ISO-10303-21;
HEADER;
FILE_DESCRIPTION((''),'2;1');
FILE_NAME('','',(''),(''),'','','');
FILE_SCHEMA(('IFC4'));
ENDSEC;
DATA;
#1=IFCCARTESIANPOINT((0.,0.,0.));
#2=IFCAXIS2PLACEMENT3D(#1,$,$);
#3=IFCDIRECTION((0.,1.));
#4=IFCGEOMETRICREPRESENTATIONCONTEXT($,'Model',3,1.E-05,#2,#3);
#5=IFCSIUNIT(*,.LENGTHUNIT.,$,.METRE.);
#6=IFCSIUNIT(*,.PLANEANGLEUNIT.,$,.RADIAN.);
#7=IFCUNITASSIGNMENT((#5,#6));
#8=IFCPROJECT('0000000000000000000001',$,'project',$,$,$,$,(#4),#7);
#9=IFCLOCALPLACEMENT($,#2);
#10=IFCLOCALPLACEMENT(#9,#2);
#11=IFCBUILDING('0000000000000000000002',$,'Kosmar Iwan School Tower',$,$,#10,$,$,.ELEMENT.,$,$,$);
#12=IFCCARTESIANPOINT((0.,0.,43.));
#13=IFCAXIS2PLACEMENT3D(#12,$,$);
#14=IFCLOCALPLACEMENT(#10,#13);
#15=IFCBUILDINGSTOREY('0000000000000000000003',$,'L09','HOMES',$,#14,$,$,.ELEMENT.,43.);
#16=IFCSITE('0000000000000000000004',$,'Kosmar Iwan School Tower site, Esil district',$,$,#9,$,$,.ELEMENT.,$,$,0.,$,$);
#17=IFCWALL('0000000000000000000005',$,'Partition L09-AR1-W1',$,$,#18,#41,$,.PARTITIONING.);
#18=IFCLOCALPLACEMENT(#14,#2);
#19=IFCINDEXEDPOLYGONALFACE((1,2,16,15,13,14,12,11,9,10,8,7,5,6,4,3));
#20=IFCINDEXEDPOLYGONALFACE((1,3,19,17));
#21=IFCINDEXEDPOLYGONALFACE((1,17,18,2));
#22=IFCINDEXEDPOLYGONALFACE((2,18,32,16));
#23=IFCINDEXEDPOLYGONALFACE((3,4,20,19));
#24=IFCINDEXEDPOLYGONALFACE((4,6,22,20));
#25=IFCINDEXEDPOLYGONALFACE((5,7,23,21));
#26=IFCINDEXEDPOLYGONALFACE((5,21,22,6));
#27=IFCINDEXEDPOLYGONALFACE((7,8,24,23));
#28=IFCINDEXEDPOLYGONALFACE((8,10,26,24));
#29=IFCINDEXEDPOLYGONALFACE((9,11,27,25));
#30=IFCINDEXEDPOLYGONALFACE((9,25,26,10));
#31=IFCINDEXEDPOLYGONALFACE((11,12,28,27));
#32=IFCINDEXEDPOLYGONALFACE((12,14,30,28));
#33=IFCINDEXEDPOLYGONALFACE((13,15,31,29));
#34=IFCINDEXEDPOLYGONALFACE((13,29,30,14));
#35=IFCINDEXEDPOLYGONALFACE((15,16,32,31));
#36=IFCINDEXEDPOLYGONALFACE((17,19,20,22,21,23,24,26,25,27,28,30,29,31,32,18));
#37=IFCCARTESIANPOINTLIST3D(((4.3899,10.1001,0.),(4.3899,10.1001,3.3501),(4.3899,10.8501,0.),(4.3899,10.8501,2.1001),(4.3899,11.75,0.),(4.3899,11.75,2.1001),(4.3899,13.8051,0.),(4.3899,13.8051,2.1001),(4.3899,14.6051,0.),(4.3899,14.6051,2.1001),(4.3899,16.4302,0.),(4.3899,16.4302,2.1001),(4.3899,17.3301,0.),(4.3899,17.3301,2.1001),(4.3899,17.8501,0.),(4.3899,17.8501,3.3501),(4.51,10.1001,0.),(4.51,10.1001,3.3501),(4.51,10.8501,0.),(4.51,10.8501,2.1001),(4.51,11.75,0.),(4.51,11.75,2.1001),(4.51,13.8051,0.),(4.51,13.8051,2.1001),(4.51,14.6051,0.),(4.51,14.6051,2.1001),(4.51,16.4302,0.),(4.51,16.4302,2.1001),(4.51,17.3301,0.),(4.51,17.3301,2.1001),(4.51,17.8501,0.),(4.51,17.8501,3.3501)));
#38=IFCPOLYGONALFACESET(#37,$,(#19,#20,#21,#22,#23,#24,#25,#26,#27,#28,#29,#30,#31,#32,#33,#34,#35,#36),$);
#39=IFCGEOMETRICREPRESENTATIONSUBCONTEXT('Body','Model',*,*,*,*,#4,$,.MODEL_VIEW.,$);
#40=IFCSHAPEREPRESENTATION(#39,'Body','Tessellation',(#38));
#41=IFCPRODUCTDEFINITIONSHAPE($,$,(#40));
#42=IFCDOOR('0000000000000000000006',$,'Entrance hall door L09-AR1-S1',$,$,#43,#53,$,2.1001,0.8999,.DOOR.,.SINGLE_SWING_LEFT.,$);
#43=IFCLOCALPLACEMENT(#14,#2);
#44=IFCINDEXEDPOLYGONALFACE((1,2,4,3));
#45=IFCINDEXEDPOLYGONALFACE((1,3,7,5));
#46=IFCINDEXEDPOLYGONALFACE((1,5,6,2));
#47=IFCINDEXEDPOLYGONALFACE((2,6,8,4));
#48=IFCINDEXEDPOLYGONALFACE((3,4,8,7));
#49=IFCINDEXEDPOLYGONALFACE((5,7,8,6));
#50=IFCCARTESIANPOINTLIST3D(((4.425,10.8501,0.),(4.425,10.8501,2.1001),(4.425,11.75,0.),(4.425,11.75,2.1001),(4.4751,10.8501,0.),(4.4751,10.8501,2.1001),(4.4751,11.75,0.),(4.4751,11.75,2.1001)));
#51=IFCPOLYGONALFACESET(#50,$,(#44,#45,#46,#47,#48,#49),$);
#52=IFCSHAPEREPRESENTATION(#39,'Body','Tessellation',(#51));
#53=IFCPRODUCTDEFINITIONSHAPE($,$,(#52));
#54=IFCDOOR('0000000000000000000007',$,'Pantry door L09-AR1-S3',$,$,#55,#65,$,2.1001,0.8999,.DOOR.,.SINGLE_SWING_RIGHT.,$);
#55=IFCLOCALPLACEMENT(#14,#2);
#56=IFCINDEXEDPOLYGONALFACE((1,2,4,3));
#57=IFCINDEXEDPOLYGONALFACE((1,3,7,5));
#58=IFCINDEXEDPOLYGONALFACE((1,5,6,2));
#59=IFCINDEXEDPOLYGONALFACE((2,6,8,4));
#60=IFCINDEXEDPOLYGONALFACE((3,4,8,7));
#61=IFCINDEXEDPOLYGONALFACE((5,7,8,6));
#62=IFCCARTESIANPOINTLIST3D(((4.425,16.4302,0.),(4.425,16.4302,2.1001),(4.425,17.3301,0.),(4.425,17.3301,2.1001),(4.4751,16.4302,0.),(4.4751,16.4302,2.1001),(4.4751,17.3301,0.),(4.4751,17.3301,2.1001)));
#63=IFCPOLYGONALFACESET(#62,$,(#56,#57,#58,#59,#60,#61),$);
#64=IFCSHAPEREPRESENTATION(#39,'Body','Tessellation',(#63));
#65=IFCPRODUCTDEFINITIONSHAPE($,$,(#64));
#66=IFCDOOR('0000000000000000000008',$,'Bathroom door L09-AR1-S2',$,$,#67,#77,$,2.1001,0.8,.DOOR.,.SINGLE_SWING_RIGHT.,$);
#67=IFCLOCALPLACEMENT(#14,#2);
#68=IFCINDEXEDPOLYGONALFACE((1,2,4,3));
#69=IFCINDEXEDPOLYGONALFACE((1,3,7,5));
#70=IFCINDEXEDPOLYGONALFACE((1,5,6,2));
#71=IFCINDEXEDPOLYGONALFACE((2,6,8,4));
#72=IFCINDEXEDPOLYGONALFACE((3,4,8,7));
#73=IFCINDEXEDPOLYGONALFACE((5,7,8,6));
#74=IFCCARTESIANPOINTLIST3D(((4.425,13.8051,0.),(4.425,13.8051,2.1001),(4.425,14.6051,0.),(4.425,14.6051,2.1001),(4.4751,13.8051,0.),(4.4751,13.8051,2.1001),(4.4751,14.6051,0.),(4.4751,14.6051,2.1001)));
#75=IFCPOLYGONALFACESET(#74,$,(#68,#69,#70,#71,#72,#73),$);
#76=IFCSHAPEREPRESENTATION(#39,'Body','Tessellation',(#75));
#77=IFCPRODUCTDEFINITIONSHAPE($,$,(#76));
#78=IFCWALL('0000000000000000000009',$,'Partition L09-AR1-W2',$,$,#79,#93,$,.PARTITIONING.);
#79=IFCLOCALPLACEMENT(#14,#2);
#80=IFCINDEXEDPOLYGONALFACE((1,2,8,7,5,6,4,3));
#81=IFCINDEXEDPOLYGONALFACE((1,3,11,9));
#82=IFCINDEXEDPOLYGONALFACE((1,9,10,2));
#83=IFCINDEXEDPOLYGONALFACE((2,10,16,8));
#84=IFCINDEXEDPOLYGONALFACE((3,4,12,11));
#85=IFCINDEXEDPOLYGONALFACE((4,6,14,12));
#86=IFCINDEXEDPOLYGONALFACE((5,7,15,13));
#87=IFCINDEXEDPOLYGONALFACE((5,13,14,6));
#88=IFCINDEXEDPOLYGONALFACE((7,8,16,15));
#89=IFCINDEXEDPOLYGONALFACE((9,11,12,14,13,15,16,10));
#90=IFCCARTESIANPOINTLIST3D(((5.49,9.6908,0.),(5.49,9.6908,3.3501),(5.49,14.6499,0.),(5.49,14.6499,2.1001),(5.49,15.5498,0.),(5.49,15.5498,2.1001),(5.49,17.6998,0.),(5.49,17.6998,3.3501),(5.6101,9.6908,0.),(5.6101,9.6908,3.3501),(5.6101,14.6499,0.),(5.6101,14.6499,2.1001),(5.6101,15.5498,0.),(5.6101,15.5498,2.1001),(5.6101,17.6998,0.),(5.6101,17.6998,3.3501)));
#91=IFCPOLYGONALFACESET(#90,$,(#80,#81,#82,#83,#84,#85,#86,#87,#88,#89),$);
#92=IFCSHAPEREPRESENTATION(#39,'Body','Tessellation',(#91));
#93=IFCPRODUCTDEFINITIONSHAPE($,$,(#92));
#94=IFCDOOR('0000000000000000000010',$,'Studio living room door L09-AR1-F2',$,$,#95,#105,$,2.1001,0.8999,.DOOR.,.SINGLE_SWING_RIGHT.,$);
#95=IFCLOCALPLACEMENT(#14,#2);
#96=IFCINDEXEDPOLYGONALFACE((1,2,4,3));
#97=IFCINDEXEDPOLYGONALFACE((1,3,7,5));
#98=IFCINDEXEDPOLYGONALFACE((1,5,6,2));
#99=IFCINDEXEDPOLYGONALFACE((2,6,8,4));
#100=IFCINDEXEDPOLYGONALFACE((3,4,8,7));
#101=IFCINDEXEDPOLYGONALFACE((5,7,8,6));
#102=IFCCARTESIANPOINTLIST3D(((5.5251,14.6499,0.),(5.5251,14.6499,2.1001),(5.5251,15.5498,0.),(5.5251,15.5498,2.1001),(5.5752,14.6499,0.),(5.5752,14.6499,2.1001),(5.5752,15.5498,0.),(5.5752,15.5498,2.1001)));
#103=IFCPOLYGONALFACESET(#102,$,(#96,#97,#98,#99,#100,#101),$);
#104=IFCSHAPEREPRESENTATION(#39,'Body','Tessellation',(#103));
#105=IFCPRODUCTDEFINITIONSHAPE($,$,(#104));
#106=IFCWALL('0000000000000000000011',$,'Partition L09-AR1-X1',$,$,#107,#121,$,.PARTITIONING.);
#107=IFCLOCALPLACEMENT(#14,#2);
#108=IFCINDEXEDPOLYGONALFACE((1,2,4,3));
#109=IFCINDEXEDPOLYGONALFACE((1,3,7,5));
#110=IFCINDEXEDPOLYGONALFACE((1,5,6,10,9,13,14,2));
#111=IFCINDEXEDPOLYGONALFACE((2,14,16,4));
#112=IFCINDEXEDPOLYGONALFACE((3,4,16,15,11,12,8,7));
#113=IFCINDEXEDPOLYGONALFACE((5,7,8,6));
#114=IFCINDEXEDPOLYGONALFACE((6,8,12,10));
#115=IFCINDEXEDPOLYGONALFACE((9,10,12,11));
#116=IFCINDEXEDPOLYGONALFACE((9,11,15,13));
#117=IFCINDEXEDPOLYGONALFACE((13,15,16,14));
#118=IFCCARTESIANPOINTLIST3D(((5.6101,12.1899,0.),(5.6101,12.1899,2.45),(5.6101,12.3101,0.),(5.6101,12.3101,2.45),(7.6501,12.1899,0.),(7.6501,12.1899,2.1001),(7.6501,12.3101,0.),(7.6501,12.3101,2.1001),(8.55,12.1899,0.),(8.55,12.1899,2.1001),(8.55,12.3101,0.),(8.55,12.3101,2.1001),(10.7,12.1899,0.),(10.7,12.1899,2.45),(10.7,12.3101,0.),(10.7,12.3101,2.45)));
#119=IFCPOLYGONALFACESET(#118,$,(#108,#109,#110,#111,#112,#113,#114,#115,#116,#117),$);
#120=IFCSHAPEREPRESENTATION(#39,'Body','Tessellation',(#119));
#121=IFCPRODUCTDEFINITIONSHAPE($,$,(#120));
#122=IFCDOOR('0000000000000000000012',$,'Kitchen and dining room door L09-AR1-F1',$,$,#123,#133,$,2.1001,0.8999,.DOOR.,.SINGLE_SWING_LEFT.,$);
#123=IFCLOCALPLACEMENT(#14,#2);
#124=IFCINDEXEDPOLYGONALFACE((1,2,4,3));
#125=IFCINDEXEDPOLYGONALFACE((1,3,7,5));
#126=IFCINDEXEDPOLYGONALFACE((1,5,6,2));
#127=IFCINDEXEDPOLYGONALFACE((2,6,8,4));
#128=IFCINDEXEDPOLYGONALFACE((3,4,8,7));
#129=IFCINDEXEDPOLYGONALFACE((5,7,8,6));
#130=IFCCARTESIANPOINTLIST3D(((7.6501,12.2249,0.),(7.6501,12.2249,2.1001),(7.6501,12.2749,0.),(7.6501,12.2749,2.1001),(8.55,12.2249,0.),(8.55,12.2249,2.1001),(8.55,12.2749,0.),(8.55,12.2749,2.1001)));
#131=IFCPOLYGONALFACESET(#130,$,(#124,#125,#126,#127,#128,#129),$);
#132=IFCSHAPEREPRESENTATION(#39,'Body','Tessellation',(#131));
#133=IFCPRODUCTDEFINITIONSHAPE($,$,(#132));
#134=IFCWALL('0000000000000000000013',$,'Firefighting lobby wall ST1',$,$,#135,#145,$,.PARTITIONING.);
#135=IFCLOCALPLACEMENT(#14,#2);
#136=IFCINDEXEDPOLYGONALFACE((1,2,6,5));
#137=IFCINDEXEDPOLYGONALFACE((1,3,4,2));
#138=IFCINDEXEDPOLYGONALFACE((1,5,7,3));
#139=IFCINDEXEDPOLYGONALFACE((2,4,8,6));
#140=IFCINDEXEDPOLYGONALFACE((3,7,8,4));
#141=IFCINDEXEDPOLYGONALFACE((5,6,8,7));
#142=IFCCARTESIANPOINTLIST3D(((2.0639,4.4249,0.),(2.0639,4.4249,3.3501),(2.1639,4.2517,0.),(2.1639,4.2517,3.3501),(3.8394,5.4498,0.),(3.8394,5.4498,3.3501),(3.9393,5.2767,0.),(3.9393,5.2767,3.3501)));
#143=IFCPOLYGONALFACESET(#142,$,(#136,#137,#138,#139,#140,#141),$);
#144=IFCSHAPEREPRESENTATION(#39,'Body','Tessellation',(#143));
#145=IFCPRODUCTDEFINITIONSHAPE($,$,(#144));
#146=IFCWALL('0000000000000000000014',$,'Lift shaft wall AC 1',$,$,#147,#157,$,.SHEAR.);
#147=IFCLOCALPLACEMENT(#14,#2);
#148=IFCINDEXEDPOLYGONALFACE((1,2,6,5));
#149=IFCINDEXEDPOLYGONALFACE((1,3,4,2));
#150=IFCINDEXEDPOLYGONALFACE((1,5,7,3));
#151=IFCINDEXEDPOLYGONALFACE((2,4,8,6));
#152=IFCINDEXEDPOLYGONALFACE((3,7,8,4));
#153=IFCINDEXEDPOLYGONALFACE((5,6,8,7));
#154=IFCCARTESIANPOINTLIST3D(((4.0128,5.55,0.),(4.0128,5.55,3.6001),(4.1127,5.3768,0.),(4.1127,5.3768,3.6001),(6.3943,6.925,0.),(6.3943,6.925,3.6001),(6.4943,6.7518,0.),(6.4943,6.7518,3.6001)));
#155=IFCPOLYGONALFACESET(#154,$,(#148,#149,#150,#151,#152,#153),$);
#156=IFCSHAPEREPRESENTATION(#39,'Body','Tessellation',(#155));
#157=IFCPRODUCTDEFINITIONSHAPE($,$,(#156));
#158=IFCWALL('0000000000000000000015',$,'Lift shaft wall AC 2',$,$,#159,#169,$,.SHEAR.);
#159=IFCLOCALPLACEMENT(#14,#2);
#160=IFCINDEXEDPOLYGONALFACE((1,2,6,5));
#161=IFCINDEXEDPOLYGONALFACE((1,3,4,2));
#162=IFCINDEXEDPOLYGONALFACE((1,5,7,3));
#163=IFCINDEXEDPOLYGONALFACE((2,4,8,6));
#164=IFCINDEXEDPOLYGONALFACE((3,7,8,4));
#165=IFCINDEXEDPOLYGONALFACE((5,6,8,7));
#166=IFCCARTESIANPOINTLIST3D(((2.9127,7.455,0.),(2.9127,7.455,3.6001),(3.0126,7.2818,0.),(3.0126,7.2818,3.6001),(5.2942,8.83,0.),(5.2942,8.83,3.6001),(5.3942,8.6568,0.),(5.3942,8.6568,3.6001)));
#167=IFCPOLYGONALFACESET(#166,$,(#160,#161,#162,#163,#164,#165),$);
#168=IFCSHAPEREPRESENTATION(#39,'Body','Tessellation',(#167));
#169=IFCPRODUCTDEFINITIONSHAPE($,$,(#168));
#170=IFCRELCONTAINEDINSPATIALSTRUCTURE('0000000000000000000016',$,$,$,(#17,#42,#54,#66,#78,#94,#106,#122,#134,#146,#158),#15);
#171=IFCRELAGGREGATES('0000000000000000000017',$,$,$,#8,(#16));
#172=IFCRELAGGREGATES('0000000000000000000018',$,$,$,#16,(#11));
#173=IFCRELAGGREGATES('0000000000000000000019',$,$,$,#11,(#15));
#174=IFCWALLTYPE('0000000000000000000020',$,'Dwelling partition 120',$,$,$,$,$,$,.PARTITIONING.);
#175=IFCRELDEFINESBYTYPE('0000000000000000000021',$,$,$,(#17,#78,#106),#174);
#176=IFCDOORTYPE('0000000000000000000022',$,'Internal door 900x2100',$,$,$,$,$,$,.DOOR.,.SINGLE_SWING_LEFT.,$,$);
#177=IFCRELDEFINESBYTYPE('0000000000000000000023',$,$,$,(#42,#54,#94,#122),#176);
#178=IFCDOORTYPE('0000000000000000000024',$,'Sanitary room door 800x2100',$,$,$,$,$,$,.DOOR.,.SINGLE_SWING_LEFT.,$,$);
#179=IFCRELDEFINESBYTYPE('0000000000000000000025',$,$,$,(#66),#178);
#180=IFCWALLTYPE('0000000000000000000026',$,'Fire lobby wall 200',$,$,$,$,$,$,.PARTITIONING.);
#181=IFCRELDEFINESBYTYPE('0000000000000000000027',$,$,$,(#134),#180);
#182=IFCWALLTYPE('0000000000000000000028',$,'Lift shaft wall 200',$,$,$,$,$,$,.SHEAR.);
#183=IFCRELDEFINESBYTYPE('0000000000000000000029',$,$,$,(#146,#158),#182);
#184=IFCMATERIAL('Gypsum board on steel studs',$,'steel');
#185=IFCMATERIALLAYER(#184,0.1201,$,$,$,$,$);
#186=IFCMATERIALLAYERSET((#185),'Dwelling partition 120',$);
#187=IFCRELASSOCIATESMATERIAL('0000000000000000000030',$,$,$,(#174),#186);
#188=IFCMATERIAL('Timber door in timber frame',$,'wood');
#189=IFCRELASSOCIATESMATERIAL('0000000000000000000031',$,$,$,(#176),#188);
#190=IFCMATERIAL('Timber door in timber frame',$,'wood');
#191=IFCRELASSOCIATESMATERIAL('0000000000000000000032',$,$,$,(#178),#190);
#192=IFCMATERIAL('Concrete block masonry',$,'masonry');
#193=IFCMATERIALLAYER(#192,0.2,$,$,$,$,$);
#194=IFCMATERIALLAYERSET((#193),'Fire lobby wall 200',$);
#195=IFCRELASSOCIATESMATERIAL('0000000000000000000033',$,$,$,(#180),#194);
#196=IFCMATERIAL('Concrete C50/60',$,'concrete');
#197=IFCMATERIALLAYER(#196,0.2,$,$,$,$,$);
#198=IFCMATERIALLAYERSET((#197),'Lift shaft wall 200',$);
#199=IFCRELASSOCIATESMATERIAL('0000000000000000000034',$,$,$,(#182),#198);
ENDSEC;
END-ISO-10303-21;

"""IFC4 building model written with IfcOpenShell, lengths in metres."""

from ifc_helpers import new_model, si_unit, direction, frame, frame_2d, origin, place, context, subcontext, project, spatial, rectangle, extrude, material, layer, layer_set, type_object, element, fill, save


model = new_model("IFC4")

# Units and contexts
model_context = context("Model", 3, precision=1e-05, world=origin(), true_north=direction((0.0, 1.0)))
body_context = subcontext(model_context, "Body", "Model", "MODEL_VIEW")
ifc_project = project(units=[si_unit("LENGTHUNIT", "METRE"), si_unit("PLANEANGLEUNIT", "RADIAN")], contexts=[model_context])

# Site, building, storey
site_placement = place(None, origin())
site = spatial("IfcSite", under=ifc_project, at=site_placement, Name="Kosmar Iwan School Tower site, Esil district", CompositionType="ELEMENT", RefElevation=0.0)
building_placement = place(site_placement, origin())
building = spatial("IfcBuilding", under=site, at=building_placement, Name="Kosmar Iwan School Tower", CompositionType="ELEMENT")
storey_placement = place(building_placement, frame((0.0, 0.0, 43.0)))
storey = spatial("IfcBuildingStorey", under=building, at=storey_placement, Name="L09", Description="HOMES", CompositionType="ELEMENT", Elevation=43.0)

# Wall, openings, doors
ifc_material_1 = material(Name="Gypsum board on steel studs", Category="steel")
ifc_layer_1 = layer(ifc_material_1, 0.1201)
ifc_layer_set_1 = layer_set([ifc_layer_1], Name="Dwelling partition 120")
wall_type_1 = type_object("IfcWallType", Name="Dwelling partition 120", PredefinedType="PARTITIONING", material=ifc_layer_set_1)
wall_1_placement = place(storey_placement, frame((4.45, 10.1001, 0.0), z_axis=(0.0, 0.0, 1.0), x_axis=(0.0, 1.0, 0.0)))
wall_1 = element("IfcWall", 1, at=wall_1_placement, inside=storey, type_object=wall_type_1, Name="Partition L09-AR1-W1", PredefinedType="PARTITIONING", context=body_context, shape_type="SweptSolid", body=[
    extrude(rectangle(XDim=7.75, YDim=0.1201, at=frame_2d((3.875, 0.0))), origin(), (0.0, 0.0, 1.0), 3.3501),
])
opening_1_placement = place(wall_1_placement, frame((0.75, 0.0, 0.0)))
opening_1 = element("IfcOpeningElement", 2, at=opening_1_placement, cuts=wall_1, PredefinedType="OPENING", context=body_context, shape_type="SweptSolid", body=[
    extrude(rectangle(XDim=0.8999, YDim=2.1001, at=frame_2d((0.45, 1.05))), frame((0.0, 0.072, 0.0), z_axis=(0.0, -1.0, 0.0), x_axis=(1.0, 0.0, 0.0)), (0.0, 0.0, 1.0), 0.144),
])
opening_2_placement = place(wall_1_placement, frame((3.7051, 0.0, 0.0)))
opening_2 = element("IfcOpeningElement", 3, at=opening_2_placement, cuts=wall_1, PredefinedType="OPENING", context=body_context, shape_type="SweptSolid", body=[
    extrude(rectangle(XDim=0.8, YDim=2.1001, at=frame_2d((0.3999, 1.05))), frame((0.0, 0.072, 0.0), z_axis=(0.0, -1.0, 0.0), x_axis=(1.0, 0.0, 0.0)), (0.0, 0.0, 1.0), 0.144),
])
opening_3_placement = place(wall_1_placement, frame((6.3301, 0.0, 0.0)))
opening_3 = element("IfcOpeningElement", 4, at=opening_3_placement, cuts=wall_1, PredefinedType="OPENING", context=body_context, shape_type="SweptSolid", body=[
    extrude(rectangle(XDim=0.8999, YDim=2.1001, at=frame_2d((0.45, 1.05))), frame((0.0, 0.072, 0.0), z_axis=(0.0, -1.0, 0.0), x_axis=(1.0, 0.0, 0.0)), (0.0, 0.0, 1.0), 0.144),
])
ifc_material_2 = material(Name="Timber door in timber frame", Category="wood")
door_type_1 = type_object("IfcDoorType", Name="Internal door 900x2100", OperationType="SINGLE_SWING_LEFT", PredefinedType="DOOR", material=ifc_material_2)
door_1_placement = place(opening_1_placement, origin())
door_1 = element("IfcDoor", 5, at=door_1_placement, inside=storey, type_object=door_type_1, Name="Entrance hall door L09-AR1-S1", OperationType="SINGLE_SWING_LEFT", OverallHeight=2.1001, OverallWidth=0.8999, PredefinedType="DOOR", context=body_context, shape_type="SweptSolid", body=[
    extrude(rectangle(XDim=0.8999, YDim=2.1001, at=frame_2d((0.45, 1.05))), frame((0.0, 0.0249, 0.0), z_axis=(0.0, -1.0, 0.0), x_axis=(1.0, 0.0, 0.0)), (0.0, 0.0, 1.0), 0.05),
])
fill(opening_1, door_1)
door_2_placement = place(opening_3_placement, origin())
door_2 = element("IfcDoor", 6, at=door_2_placement, inside=storey, type_object=door_type_1, Name="Pantry door L09-AR1-S3", OperationType="SINGLE_SWING_RIGHT", OverallHeight=2.1001, OverallWidth=0.8999, PredefinedType="DOOR", context=body_context, shape_type="SweptSolid", body=[
    extrude(rectangle(XDim=0.8999, YDim=2.1001, at=frame_2d((0.45, 1.05))), frame((0.0, 0.0249, 0.0), z_axis=(0.0, -1.0, 0.0), x_axis=(1.0, 0.0, 0.0)), (0.0, 0.0, 1.0), 0.05),
])
fill(opening_3, door_2)
ifc_material_3 = material(Name="Timber door in timber frame", Category="wood")
door_type_2 = type_object("IfcDoorType", Name="Sanitary room door 800x2100", OperationType="SINGLE_SWING_LEFT", PredefinedType="DOOR", material=ifc_material_3)
door_3_placement = place(opening_2_placement, origin())
door_3 = element("IfcDoor", 7, at=door_3_placement, inside=storey, type_object=door_type_2, Name="Bathroom door L09-AR1-S2", OperationType="SINGLE_SWING_RIGHT", OverallHeight=2.1001, OverallWidth=0.8, PredefinedType="DOOR", context=body_context, shape_type="SweptSolid", body=[
    extrude(rectangle(XDim=0.8, YDim=2.1001, at=frame_2d((0.3999, 1.05))), frame((0.0, 0.0249, 0.0), z_axis=(0.0, -1.0, 0.0), x_axis=(1.0, 0.0, 0.0)), (0.0, 0.0, 1.0), 0.05),
])
fill(opening_2, door_3)

# Walls, openings, doors
wall_2_placement = place(storey_placement, frame((5.55, 9.6909, 0.0), z_axis=(0.0, 0.0, 1.0), x_axis=(0.0, 1.0, 0.0)))
wall_2 = element("IfcWall", 8, at=wall_2_placement, inside=storey, type_object=wall_type_1, Name="Partition L09-AR1-W2", PredefinedType="PARTITIONING", context=body_context, shape_type="SweptSolid", body=[
    extrude(rectangle(XDim=8.009, YDim=0.1201, at=frame_2d((4.0044, 0.0))), origin(), (0.0, 0.0, 1.0), 3.3501),
])
opening_4_placement = place(wall_2_placement, frame((4.959, 0.0, 0.0)))
opening_4 = element("IfcOpeningElement", 9, at=opening_4_placement, cuts=wall_2, PredefinedType="OPENING", context=body_context, shape_type="SweptSolid", body=[
    extrude(rectangle(XDim=0.8999, YDim=2.1001, at=frame_2d((0.45, 1.05))), frame((0.0, 0.072, 0.0), z_axis=(0.0, -1.0, 0.0), x_axis=(1.0, 0.0, 0.0)), (0.0, 0.0, 1.0), 0.144),
])
door_4_placement = place(opening_4_placement, origin())
door_4 = element("IfcDoor", 10, at=door_4_placement, inside=storey, type_object=door_type_1, Name="Studio living room door L09-AR1-F2", OperationType="SINGLE_SWING_RIGHT", OverallHeight=2.1001, OverallWidth=0.8999, PredefinedType="DOOR", context=body_context, shape_type="SweptSolid", body=[
    extrude(rectangle(XDim=0.8999, YDim=2.1001, at=frame_2d((0.45, 1.05))), frame((0.0, 0.0249, 0.0), z_axis=(0.0, -1.0, 0.0), x_axis=(1.0, 0.0, 0.0)), (0.0, 0.0, 1.0), 0.05),
])
fill(opening_4, door_4)
wall_3_placement = place(storey_placement, frame((5.6101, 12.25, 0.0), z_axis=(0.0, 0.0, 1.0), x_axis=(1.0, 0.0, 0.0)))
wall_3 = element("IfcWall", 11, at=wall_3_placement, inside=storey, type_object=wall_type_1, Name="Partition L09-AR1-X1", PredefinedType="PARTITIONING", context=body_context, shape_type="SweptSolid", body=[
    extrude(rectangle(XDim=5.0898, YDim=0.1201, at=frame_2d((2.5449, 0.0))), origin(), (0.0, 0.0, 1.0), 2.45),
])
opening_5_placement = place(wall_3_placement, frame((2.04, 0.0, 0.0)))
opening_5 = element("IfcOpeningElement", 12, at=opening_5_placement, cuts=wall_3, PredefinedType="OPENING", context=body_context, shape_type="SweptSolid", body=[
    extrude(rectangle(XDim=0.8999, YDim=2.1001, at=frame_2d((0.45, 1.05))), frame((0.0, 0.072, 0.0), z_axis=(0.0, -1.0, 0.0), x_axis=(1.0, 0.0, 0.0)), (0.0, 0.0, 1.0), 0.144),
])
door_5_placement = place(opening_5_placement, origin())
door_5 = element("IfcDoor", 13, at=door_5_placement, inside=storey, type_object=door_type_1, Name="Kitchen and dining room door L09-AR1-F1", OperationType="SINGLE_SWING_LEFT", OverallHeight=2.1001, OverallWidth=0.8999, PredefinedType="DOOR", context=body_context, shape_type="SweptSolid", body=[
    extrude(rectangle(XDim=0.8999, YDim=2.1001, at=frame_2d((0.45, 1.05))), frame((0.0, 0.0249, 0.0), z_axis=(0.0, -1.0, 0.0), x_axis=(1.0, 0.0, 0.0)), (0.0, 0.0, 1.0), 0.05),
])
fill(opening_5, door_5)

# Walls
ifc_material_4 = material(Name="Concrete block masonry", Category="masonry")
ifc_layer_2 = layer(ifc_material_4, 0.2)
ifc_layer_set_2 = layer_set([ifc_layer_2], Name="Fire lobby wall 200")
wall_type_2 = type_object("IfcWallType", Name="Fire lobby wall 200", PredefinedType="PARTITIONING", material=ifc_layer_set_2)
wall_4_placement = place(storey_placement, frame((2.114, 4.3384, 0.0), z_axis=(0.0, 0.0, 1.0), x_axis=(0.866051, 0.499956, 0.0)))
element("IfcWall", 14, at=wall_4_placement, inside=storey, type_object=wall_type_2, Name="Firefighting lobby wall ST1", PredefinedType="PARTITIONING", context=body_context, shape_type="SweptSolid", body=[
    extrude(rectangle(XDim=2.05, YDim=0.2, at=frame_2d((1.0249, 0.0))), origin(), (0.0, 0.0, 1.0), 3.3501),
])
ifc_material_5 = material(Name="Concrete C50/60", Category="concrete")
ifc_layer_3 = layer(ifc_material_5, 0.2)
ifc_layer_set_3 = layer_set([ifc_layer_3], Name="Lift shaft wall 200")
wall_type_3 = type_object("IfcWallType", Name="Lift shaft wall 200", PredefinedType="SHEAR", material=ifc_layer_set_3)
for number, where, z_axis, x_axis, name in (
    (15, (4.0627, 5.4634, 0.0), (0.0, 0.0, 1.0), (0.866027, 0.499997, 0.0), "Lift shaft wall AC 1"),
    (16, (2.9626, 7.3684, 0.0), (0.0, 0.0, 1.0), (0.866027, 0.499997, 0.0), "Lift shaft wall AC 2"),
):
    element("IfcWall", number, at=place(storey_placement, frame(where, z_axis=z_axis, x_axis=x_axis)), inside=storey, type_object=wall_type_3, Name=name, PredefinedType="SHEAR", context=body_context, shape_type="SweptSolid", body=[
        extrude(rectangle(XDim=2.75, YDim=0.2, at=frame_2d((1.375, 0.0))), origin(), (0.0, 0.0, 1.0), 3.6001),
    ])

save(model, "model.ifc")
